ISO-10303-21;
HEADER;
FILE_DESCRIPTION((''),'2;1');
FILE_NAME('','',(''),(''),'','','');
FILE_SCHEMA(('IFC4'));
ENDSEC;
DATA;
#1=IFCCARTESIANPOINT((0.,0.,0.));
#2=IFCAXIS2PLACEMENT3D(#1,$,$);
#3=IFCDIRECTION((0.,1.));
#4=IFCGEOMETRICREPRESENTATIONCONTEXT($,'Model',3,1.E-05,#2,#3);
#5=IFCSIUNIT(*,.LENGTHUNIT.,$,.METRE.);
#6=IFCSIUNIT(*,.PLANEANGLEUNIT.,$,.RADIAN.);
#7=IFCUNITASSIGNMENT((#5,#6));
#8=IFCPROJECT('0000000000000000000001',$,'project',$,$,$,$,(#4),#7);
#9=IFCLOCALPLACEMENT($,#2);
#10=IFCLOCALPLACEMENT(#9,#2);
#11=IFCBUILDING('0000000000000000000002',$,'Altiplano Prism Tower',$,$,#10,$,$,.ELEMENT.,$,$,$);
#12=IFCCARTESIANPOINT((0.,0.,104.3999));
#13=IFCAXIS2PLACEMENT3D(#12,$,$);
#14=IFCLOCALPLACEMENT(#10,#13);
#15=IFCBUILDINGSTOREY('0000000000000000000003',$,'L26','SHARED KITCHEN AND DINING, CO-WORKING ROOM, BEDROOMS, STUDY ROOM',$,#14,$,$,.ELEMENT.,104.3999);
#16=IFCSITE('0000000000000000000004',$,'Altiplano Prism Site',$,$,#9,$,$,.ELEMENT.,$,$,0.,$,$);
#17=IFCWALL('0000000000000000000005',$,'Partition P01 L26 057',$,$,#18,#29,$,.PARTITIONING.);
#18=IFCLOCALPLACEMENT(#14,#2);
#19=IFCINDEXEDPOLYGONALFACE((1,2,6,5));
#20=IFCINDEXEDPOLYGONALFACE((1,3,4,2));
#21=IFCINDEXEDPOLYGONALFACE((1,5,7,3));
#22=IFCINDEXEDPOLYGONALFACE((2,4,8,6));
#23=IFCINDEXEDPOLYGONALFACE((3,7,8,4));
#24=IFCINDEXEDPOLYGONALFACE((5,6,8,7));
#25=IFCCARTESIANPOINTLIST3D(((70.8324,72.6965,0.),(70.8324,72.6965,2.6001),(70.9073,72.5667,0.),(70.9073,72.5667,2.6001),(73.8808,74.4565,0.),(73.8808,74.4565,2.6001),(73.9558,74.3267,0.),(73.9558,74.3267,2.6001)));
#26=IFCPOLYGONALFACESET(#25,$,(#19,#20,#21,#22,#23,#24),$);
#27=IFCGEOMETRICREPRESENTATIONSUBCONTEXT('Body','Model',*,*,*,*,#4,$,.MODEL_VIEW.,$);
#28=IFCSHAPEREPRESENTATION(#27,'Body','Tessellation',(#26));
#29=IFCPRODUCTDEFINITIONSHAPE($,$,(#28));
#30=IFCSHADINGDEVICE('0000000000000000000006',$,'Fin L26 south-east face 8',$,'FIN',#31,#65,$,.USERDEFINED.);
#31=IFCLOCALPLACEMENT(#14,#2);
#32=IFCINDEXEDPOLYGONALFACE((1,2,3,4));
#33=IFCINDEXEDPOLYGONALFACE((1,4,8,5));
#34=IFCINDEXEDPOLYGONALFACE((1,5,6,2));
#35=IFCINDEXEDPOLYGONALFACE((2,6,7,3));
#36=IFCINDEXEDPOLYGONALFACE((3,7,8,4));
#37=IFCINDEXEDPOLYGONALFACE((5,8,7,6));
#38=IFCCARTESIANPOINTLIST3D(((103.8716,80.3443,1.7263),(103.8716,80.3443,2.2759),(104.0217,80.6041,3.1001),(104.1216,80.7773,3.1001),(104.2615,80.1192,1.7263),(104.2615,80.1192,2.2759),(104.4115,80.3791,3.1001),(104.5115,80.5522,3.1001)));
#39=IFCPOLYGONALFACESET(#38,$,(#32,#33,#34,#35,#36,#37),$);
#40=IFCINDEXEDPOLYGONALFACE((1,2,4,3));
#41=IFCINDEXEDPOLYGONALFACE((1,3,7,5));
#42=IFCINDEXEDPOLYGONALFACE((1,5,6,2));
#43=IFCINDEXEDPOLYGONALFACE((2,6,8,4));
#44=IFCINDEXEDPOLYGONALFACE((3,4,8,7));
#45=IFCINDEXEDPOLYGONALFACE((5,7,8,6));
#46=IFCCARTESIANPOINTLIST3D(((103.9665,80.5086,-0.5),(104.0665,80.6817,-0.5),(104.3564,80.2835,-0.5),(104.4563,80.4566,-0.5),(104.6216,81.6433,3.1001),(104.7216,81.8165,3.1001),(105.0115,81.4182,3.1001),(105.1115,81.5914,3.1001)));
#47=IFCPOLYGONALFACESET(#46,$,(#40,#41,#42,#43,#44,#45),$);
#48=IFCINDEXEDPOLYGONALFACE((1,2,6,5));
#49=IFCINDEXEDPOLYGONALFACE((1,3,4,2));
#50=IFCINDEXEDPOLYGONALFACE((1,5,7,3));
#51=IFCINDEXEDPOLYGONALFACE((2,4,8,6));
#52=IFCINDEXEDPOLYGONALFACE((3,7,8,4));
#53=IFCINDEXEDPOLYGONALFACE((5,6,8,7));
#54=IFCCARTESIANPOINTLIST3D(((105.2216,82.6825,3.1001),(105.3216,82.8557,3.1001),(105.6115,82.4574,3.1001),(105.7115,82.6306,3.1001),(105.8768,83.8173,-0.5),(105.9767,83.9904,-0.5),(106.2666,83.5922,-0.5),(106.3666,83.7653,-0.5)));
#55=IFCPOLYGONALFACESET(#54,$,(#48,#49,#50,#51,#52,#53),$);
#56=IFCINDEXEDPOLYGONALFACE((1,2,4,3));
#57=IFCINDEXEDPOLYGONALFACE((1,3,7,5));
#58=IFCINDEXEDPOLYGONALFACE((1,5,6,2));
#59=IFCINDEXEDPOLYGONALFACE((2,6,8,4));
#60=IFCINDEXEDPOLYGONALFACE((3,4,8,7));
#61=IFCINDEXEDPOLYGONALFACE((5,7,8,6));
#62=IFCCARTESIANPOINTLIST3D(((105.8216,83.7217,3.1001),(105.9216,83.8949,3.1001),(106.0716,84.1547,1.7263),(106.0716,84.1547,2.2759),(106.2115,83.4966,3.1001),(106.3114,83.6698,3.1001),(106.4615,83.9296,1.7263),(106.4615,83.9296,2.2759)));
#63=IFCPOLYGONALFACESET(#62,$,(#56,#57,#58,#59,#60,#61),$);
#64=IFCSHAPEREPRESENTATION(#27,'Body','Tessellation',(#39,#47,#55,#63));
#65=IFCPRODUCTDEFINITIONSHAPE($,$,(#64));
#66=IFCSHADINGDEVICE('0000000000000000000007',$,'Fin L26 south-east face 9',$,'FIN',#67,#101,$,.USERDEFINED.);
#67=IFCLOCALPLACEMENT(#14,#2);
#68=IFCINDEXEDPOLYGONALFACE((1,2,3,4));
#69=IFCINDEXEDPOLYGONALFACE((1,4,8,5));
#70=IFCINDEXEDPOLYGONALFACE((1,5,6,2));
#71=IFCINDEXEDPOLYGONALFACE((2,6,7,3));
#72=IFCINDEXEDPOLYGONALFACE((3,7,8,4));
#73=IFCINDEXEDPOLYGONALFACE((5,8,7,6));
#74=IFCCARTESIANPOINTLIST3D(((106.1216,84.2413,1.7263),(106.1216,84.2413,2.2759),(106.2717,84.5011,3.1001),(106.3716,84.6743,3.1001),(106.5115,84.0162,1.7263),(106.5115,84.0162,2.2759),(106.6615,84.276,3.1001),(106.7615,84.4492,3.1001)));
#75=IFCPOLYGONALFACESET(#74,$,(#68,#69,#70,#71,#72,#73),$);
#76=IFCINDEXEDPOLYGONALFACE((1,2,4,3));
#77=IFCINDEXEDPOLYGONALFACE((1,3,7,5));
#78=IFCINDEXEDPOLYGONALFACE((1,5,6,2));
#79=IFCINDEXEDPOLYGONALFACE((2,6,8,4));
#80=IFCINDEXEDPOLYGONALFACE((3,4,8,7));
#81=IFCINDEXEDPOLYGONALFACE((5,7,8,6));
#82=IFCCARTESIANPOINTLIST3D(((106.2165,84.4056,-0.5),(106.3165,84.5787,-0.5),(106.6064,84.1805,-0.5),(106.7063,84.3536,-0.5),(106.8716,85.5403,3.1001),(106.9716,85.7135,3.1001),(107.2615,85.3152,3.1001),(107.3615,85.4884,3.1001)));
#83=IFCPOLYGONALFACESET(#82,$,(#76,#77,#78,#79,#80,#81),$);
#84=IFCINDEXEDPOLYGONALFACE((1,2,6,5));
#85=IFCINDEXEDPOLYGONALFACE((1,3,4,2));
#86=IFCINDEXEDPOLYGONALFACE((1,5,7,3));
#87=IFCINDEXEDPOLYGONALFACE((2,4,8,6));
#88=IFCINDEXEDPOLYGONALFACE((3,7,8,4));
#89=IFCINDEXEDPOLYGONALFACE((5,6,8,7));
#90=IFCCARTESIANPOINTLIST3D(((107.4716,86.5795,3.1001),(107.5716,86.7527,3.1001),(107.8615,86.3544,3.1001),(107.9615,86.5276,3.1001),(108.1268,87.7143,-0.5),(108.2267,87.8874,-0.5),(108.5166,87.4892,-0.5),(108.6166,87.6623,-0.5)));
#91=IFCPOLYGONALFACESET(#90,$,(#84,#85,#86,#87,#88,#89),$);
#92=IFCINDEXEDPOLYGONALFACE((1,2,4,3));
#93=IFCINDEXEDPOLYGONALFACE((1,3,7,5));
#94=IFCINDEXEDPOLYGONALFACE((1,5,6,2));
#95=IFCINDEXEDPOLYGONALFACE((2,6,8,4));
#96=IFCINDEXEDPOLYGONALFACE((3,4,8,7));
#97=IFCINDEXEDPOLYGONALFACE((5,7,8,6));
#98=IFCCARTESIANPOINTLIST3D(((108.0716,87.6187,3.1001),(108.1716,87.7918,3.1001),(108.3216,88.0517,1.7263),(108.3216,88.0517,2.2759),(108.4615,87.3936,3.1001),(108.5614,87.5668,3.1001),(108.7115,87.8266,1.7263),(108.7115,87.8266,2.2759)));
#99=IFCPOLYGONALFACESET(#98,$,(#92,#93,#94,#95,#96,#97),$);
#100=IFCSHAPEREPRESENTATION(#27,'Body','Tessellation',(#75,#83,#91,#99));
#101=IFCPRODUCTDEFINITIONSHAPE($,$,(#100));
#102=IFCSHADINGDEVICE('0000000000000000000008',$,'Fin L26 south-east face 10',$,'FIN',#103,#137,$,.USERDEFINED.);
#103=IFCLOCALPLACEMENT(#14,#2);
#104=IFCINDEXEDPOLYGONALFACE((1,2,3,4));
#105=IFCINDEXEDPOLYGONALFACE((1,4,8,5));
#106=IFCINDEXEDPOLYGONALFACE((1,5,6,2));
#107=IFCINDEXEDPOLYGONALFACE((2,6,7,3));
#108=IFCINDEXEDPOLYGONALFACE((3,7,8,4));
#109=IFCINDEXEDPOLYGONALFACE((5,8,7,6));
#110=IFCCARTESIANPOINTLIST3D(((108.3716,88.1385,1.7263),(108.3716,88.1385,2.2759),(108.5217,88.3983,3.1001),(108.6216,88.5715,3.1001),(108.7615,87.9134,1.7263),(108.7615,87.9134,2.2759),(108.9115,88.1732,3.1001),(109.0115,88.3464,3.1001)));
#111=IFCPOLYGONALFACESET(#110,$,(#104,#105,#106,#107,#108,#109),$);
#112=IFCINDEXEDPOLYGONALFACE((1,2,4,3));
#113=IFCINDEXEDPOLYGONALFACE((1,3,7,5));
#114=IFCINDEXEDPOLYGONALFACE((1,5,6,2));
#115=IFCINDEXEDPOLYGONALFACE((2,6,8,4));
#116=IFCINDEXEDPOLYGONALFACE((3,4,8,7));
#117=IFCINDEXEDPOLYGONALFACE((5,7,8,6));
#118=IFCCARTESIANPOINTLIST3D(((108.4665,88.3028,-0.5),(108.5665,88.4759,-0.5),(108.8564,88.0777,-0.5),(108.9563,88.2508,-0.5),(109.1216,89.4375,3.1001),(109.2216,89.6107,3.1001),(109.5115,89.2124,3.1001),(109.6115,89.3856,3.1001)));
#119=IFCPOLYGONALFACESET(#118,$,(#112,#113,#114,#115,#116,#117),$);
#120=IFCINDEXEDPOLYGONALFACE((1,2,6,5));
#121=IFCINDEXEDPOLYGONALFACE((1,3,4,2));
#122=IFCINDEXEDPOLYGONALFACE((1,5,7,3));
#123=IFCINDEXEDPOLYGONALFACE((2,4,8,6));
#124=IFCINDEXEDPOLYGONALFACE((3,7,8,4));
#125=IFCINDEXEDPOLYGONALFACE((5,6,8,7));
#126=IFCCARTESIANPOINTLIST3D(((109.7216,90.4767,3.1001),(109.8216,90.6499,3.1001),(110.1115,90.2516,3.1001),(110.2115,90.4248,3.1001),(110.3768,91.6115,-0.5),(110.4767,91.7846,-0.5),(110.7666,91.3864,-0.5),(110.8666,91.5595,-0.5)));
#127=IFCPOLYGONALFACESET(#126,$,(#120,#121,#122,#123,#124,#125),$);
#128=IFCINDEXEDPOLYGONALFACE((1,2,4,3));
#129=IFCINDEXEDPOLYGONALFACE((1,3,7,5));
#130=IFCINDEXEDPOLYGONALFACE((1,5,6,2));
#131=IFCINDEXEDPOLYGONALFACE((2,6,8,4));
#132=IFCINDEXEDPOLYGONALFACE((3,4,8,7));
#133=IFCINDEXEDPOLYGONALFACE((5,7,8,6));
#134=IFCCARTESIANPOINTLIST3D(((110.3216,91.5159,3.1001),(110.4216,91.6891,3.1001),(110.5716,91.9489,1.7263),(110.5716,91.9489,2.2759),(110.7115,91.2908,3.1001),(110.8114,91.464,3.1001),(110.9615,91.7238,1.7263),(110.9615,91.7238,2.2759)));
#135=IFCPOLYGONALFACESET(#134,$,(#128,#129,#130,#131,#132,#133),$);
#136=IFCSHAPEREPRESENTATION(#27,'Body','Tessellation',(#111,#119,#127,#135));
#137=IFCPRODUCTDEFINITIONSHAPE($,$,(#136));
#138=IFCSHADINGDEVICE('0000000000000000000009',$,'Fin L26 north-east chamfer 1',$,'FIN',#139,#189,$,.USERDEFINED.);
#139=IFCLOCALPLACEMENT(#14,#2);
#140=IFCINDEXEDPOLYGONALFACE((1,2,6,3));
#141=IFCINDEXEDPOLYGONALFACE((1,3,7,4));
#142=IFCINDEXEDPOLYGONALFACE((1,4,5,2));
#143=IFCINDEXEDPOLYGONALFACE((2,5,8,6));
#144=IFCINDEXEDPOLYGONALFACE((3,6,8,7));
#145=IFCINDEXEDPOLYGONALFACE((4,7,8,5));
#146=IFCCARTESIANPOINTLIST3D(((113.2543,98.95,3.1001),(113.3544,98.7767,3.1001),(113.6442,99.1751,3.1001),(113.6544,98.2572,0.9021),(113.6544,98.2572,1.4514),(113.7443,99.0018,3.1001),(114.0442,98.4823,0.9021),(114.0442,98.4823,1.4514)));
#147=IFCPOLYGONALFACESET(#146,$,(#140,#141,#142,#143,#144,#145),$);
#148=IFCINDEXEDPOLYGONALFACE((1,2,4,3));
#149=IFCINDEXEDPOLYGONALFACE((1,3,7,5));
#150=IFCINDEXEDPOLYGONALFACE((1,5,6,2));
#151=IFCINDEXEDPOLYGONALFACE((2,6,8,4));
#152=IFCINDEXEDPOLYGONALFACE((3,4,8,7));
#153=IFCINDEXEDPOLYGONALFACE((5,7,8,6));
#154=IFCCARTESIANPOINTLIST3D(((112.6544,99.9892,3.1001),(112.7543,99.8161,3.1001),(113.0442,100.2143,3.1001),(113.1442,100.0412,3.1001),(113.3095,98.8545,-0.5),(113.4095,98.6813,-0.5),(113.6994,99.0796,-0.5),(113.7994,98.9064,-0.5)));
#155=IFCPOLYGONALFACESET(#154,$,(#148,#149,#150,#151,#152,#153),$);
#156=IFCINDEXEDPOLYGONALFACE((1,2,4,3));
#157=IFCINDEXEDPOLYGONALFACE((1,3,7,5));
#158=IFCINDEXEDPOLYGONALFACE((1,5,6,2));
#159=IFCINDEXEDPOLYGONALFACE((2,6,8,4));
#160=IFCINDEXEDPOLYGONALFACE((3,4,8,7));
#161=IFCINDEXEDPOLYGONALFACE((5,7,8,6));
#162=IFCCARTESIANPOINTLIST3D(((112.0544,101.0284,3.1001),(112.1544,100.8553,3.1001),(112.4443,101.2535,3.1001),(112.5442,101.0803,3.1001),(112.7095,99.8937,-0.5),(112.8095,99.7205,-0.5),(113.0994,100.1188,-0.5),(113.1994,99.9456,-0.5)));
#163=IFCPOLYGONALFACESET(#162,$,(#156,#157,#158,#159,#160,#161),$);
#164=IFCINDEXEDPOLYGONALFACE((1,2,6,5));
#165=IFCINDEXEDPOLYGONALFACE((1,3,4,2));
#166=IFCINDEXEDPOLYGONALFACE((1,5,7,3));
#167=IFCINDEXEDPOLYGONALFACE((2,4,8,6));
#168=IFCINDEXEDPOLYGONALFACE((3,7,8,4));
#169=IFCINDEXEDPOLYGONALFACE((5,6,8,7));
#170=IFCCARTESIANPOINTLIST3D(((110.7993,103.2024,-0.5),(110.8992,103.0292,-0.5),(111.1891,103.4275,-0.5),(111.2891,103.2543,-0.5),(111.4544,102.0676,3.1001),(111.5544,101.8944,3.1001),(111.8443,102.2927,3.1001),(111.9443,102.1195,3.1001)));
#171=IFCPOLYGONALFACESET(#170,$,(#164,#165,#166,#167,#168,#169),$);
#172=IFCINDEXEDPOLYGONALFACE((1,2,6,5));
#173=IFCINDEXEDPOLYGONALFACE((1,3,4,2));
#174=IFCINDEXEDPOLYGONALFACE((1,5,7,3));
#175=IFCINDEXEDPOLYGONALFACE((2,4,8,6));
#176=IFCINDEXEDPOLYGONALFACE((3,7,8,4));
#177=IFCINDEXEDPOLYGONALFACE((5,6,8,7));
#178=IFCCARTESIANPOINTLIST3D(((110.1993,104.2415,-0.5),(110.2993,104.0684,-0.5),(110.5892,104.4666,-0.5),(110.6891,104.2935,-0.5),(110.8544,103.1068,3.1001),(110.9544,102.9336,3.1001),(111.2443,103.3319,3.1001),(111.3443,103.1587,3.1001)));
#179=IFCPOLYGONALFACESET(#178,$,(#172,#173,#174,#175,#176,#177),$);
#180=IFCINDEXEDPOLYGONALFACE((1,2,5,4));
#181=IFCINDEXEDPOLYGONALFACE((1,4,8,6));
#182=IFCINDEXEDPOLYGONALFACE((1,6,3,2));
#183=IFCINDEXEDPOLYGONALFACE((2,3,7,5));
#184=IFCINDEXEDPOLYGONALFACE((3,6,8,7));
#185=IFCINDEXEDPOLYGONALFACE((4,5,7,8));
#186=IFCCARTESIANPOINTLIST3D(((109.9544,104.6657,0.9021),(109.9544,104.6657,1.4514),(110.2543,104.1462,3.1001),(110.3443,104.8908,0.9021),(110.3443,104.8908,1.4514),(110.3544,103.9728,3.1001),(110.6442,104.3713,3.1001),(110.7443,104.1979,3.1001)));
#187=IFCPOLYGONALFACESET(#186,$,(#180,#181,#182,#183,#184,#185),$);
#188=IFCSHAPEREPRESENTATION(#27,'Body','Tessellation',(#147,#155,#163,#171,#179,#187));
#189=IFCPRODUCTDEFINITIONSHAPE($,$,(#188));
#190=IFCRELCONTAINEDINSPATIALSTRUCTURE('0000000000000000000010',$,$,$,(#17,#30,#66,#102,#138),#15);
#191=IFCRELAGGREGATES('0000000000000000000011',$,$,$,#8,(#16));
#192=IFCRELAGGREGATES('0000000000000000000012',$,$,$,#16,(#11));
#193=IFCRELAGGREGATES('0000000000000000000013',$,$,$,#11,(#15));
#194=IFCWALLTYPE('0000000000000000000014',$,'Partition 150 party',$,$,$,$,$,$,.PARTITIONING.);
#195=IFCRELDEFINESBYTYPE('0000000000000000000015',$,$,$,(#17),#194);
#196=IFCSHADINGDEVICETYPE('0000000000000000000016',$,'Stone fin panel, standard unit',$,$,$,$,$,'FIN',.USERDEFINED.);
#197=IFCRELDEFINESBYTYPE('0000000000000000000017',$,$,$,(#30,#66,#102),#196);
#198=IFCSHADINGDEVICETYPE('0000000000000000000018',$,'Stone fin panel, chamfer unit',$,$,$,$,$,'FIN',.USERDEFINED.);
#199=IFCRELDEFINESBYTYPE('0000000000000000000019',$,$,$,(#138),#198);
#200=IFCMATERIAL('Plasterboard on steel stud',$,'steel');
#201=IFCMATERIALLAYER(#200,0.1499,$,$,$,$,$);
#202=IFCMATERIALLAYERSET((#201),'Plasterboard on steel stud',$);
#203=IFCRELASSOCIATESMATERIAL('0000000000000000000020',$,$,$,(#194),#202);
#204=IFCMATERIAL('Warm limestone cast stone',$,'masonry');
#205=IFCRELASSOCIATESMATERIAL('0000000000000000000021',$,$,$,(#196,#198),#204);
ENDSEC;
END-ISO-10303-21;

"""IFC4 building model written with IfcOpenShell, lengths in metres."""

from ifc_helpers import new_model, si_unit, direction, frame, frame_2d, origin, place, context, subcontext, project, spatial, polyline, rectangle, outline, extrude, source, transform, mapped, material, layer, layer_set, type_object, element, save


model = new_model("IFC4")

# Units and contexts
model_context = context("Model", 3, precision=1e-05, world=origin(), true_north=direction((0.0, 1.0)))
body_context = subcontext(model_context, "Body", "Model", "MODEL_VIEW")
ifc_project = project(units=[si_unit("LENGTHUNIT", "METRE"), si_unit("PLANEANGLEUNIT", "RADIAN")], contexts=[model_context])

# Site, building, storey
site_placement = place(None, origin())
site = spatial("IfcSite", under=ifc_project, at=site_placement, Name="Altiplano Prism Site", CompositionType="ELEMENT", RefElevation=0.0)
building_placement = place(site_placement, origin())
building = spatial("IfcBuilding", under=site, at=building_placement, Name="Altiplano Prism Tower", CompositionType="ELEMENT")
storey_placement = place(building_placement, frame((0.0, 0.0, 104.3999)))
storey = spatial("IfcBuildingStorey", under=building, at=storey_placement, Name="L26", Description="SHARED KITCHEN AND DINING, CO-WORKING ROOM, BEDROOMS, STUDY ROOM", CompositionType="ELEMENT", Elevation=104.3999)

# Wall
ifc_material_1 = material(Name="Plasterboard on steel stud", Category="steel")
ifc_layer_1 = layer(ifc_material_1, 0.1499)
ifc_layer_set_1 = layer_set([ifc_layer_1], Name="Plasterboard on steel stud")
wall_type = type_object("IfcWallType", Name="Partition 150 party", PredefinedType="PARTITIONING", material=ifc_layer_set_1)
wall_1_placement = place(storey_placement, frame((70.8699, 72.6316, 0.0), z_axis=(0.0, 0.0, 1.0), x_axis=(0.866019, 0.500011, 0.0)))
element("IfcWall", 1, at=wall_1_placement, inside=storey, type_object=wall_type, Name="Partition P01 L26 057", PredefinedType="PARTITIONING", context=body_context, shape_type="SweptSolid", body=[
    extrude(rectangle(XDim=3.52, YDim=0.1499, at=frame_2d((1.76, 0.0))), origin(), (0.0, 0.0, 1.0), 2.6001),
])

# Shading devices
ifc_material_2 = material(Name="Warm limestone cast stone", Category="masonry")
shading_device_type_1 = type_object("IfcShadingDeviceType", Name="Stone fin panel, standard unit", ElementType="FIN", PredefinedType="USERDEFINED", material=ifc_material_2)
shared_shape_1 = source(origin(), body_context, "Body", "SweptSolid", [
    extrude(outline(polyline([(-2.2, 2.2263), (-1.7, 3.6001), (-1.8999, 3.6001), (-2.2, 2.7759), (-2.2, 2.2263)])), frame((0.0, -0.1499, 0.0), z_axis=(0.0, -1.0, 0.0), x_axis=(1.0, 0.0, 0.0)), (0.0, 0.0, 1.0), 0.4502),
    extrude(outline(polyline([(-2.0103, 0.0), (-1.8103, 0.0), (-0.5, 3.6001), (-0.7, 3.6001), (-2.0103, 0.0)])), frame((0.0, -0.1499, 0.0), z_axis=(0.0, -1.0, 0.0), x_axis=(1.0, 0.0, 0.0)), (0.0, 0.0, 1.0), 0.4502),
    extrude(outline(polyline([(1.8103, 0.0), (2.0103, 0.0), (0.7, 3.6001), (0.5, 3.6001), (1.8103, 0.0)])), frame((0.0, -0.1499, 0.0), z_axis=(0.0, -1.0, 0.0), x_axis=(1.0, 0.0, 0.0)), (0.0, 0.0, 1.0), 0.4502),
    extrude(outline(polyline([(2.2, 2.7759), (1.8999, 3.6001), (1.7, 3.6001), (2.2, 2.2263), (2.2, 2.7759)])), frame((0.0, -0.1499, 0.0), z_axis=(0.0, -1.0, 0.0), x_axis=(1.0, 0.0, 0.0)), (0.0, 0.0, 1.0), 0.4502),
])
shading_device_1_placement = place(storey_placement, origin())
element("IfcShadingDevice", 2, at=shading_device_1_placement, inside=storey, type_object=shading_device_type_1, Name="Fin L26 south-east face 8", ObjectType="FIN", PredefinedType="USERDEFINED", context=body_context, shape_type="MappedRepresentation", body=[
    mapped(shared_shape_1, transform((104.8418, 82.3245, -0.5), x_axis=(0.5, 0.866025, 0.0), y_axis=(-0.866025, 0.5, 0.0), z_axis=(0.0, 0.0, 1.0))),
])
shading_device_2_placement = place(storey_placement, origin())
element("IfcShadingDevice", 3, at=shading_device_2_placement, inside=storey, type_object=shading_device_type_1, Name="Fin L26 south-east face 9", ObjectType="FIN", PredefinedType="USERDEFINED", context=body_context, shape_type="MappedRepresentation", body=[
    mapped(shared_shape_1, transform((107.0918, 86.2214, -0.5), x_axis=(0.5, 0.866025, 0.0), y_axis=(-0.866025, 0.5, 0.0), z_axis=(0.0, 0.0, 1.0))),
])
shading_device_3_placement = place(storey_placement, origin())
element("IfcShadingDevice", 4, at=shading_device_3_placement, inside=storey, type_object=shading_device_type_1, Name="Fin L26 south-east face 10", ObjectType="FIN", PredefinedType="USERDEFINED", context=body_context, shape_type="MappedRepresentation", body=[
    mapped(shared_shape_1, transform((109.3418, 90.1187, -0.5), x_axis=(0.5, 0.866025, 0.0), y_axis=(-0.866025, 0.5, 0.0), z_axis=(0.0, 0.0, 1.0))),
])
shading_device_type_2 = type_object("IfcShadingDeviceType", Name="Stone fin panel, chamfer unit", ElementType="FIN", PredefinedType="USERDEFINED", material=ifc_material_2)
shared_shape_2 = source(origin(), body_context, "Body", "SweptSolid", [
    extrude(outline(polyline([(-3.7, 1.4021), (-2.8999, 3.6001), (-3.1001, 3.6001), (-3.7, 1.9514), (-3.7, 1.4021)])), frame((0.0, -0.1499, 0.0), z_axis=(0.0, -1.0, 0.0), x_axis=(1.0, 0.0, 0.0)), (0.0, 0.0, 1.0), 0.4502),
    extrude(outline(polyline([(-3.2102, 0.0), (-3.0103, 0.0), (-1.7, 3.6001), (-1.8999, 3.6001), (-3.2102, 0.0)])), frame((0.0, -0.1499, 0.0), z_axis=(0.0, -1.0, 0.0), x_axis=(1.0, 0.0, 0.0)), (0.0, 0.0, 1.0), 0.4502),
    extrude(outline(polyline([(-2.0103, 0.0), (-1.8103, 0.0), (-0.5, 3.6001), (-0.7, 3.6001), (-2.0103, 0.0)])), frame((0.0, -0.1499, 0.0), z_axis=(0.0, -1.0, 0.0), x_axis=(1.0, 0.0, 0.0)), (0.0, 0.0, 1.0), 0.4502),
    extrude(outline(polyline([(1.8103, 0.0), (2.0103, 0.0), (0.7, 3.6001), (0.5, 3.6001), (1.8103, 0.0)])), frame((0.0, -0.1499, 0.0), z_axis=(0.0, -1.0, 0.0), x_axis=(1.0, 0.0, 0.0)), (0.0, 0.0, 1.0), 0.4502),
    extrude(outline(polyline([(3.0103, 0.0), (3.2102, 0.0), (1.8999, 3.6001), (1.7, 3.6001), (3.0103, 0.0)])), frame((0.0, -0.1499, 0.0), z_axis=(0.0, -1.0, 0.0), x_axis=(1.0, 0.0, 0.0)), (0.0, 0.0, 1.0), 0.4502),
    extrude(outline(polyline([(3.7, 1.9514), (3.1001, 3.6001), (2.8999, 3.6001), (3.7, 1.4021), (3.7, 1.9514)])), frame((0.0, -0.1499, 0.0), z_axis=(0.0, -1.0, 0.0), x_axis=(1.0, 0.0, 0.0)), (0.0, 0.0, 1.0), 0.4502),
])
shading_device_4_placement = place(storey_placement, origin())
element("IfcShadingDevice", 5, at=shading_device_4_placement, inside=storey, type_object=shading_device_type_2, Name="Fin L26 north-east chamfer 1", ObjectType="FIN", PredefinedType="USERDEFINED", context=body_context, shape_type="MappedRepresentation", body=[
    mapped(shared_shape_2, transform((111.6746, 101.3865, -0.5), x_axis=(-0.5, 0.866025, 0.0), y_axis=(-0.866025, -0.5, 0.0), z_axis=(0.0, 0.0, 1.0))),
])

save(model, "model.ifc")
